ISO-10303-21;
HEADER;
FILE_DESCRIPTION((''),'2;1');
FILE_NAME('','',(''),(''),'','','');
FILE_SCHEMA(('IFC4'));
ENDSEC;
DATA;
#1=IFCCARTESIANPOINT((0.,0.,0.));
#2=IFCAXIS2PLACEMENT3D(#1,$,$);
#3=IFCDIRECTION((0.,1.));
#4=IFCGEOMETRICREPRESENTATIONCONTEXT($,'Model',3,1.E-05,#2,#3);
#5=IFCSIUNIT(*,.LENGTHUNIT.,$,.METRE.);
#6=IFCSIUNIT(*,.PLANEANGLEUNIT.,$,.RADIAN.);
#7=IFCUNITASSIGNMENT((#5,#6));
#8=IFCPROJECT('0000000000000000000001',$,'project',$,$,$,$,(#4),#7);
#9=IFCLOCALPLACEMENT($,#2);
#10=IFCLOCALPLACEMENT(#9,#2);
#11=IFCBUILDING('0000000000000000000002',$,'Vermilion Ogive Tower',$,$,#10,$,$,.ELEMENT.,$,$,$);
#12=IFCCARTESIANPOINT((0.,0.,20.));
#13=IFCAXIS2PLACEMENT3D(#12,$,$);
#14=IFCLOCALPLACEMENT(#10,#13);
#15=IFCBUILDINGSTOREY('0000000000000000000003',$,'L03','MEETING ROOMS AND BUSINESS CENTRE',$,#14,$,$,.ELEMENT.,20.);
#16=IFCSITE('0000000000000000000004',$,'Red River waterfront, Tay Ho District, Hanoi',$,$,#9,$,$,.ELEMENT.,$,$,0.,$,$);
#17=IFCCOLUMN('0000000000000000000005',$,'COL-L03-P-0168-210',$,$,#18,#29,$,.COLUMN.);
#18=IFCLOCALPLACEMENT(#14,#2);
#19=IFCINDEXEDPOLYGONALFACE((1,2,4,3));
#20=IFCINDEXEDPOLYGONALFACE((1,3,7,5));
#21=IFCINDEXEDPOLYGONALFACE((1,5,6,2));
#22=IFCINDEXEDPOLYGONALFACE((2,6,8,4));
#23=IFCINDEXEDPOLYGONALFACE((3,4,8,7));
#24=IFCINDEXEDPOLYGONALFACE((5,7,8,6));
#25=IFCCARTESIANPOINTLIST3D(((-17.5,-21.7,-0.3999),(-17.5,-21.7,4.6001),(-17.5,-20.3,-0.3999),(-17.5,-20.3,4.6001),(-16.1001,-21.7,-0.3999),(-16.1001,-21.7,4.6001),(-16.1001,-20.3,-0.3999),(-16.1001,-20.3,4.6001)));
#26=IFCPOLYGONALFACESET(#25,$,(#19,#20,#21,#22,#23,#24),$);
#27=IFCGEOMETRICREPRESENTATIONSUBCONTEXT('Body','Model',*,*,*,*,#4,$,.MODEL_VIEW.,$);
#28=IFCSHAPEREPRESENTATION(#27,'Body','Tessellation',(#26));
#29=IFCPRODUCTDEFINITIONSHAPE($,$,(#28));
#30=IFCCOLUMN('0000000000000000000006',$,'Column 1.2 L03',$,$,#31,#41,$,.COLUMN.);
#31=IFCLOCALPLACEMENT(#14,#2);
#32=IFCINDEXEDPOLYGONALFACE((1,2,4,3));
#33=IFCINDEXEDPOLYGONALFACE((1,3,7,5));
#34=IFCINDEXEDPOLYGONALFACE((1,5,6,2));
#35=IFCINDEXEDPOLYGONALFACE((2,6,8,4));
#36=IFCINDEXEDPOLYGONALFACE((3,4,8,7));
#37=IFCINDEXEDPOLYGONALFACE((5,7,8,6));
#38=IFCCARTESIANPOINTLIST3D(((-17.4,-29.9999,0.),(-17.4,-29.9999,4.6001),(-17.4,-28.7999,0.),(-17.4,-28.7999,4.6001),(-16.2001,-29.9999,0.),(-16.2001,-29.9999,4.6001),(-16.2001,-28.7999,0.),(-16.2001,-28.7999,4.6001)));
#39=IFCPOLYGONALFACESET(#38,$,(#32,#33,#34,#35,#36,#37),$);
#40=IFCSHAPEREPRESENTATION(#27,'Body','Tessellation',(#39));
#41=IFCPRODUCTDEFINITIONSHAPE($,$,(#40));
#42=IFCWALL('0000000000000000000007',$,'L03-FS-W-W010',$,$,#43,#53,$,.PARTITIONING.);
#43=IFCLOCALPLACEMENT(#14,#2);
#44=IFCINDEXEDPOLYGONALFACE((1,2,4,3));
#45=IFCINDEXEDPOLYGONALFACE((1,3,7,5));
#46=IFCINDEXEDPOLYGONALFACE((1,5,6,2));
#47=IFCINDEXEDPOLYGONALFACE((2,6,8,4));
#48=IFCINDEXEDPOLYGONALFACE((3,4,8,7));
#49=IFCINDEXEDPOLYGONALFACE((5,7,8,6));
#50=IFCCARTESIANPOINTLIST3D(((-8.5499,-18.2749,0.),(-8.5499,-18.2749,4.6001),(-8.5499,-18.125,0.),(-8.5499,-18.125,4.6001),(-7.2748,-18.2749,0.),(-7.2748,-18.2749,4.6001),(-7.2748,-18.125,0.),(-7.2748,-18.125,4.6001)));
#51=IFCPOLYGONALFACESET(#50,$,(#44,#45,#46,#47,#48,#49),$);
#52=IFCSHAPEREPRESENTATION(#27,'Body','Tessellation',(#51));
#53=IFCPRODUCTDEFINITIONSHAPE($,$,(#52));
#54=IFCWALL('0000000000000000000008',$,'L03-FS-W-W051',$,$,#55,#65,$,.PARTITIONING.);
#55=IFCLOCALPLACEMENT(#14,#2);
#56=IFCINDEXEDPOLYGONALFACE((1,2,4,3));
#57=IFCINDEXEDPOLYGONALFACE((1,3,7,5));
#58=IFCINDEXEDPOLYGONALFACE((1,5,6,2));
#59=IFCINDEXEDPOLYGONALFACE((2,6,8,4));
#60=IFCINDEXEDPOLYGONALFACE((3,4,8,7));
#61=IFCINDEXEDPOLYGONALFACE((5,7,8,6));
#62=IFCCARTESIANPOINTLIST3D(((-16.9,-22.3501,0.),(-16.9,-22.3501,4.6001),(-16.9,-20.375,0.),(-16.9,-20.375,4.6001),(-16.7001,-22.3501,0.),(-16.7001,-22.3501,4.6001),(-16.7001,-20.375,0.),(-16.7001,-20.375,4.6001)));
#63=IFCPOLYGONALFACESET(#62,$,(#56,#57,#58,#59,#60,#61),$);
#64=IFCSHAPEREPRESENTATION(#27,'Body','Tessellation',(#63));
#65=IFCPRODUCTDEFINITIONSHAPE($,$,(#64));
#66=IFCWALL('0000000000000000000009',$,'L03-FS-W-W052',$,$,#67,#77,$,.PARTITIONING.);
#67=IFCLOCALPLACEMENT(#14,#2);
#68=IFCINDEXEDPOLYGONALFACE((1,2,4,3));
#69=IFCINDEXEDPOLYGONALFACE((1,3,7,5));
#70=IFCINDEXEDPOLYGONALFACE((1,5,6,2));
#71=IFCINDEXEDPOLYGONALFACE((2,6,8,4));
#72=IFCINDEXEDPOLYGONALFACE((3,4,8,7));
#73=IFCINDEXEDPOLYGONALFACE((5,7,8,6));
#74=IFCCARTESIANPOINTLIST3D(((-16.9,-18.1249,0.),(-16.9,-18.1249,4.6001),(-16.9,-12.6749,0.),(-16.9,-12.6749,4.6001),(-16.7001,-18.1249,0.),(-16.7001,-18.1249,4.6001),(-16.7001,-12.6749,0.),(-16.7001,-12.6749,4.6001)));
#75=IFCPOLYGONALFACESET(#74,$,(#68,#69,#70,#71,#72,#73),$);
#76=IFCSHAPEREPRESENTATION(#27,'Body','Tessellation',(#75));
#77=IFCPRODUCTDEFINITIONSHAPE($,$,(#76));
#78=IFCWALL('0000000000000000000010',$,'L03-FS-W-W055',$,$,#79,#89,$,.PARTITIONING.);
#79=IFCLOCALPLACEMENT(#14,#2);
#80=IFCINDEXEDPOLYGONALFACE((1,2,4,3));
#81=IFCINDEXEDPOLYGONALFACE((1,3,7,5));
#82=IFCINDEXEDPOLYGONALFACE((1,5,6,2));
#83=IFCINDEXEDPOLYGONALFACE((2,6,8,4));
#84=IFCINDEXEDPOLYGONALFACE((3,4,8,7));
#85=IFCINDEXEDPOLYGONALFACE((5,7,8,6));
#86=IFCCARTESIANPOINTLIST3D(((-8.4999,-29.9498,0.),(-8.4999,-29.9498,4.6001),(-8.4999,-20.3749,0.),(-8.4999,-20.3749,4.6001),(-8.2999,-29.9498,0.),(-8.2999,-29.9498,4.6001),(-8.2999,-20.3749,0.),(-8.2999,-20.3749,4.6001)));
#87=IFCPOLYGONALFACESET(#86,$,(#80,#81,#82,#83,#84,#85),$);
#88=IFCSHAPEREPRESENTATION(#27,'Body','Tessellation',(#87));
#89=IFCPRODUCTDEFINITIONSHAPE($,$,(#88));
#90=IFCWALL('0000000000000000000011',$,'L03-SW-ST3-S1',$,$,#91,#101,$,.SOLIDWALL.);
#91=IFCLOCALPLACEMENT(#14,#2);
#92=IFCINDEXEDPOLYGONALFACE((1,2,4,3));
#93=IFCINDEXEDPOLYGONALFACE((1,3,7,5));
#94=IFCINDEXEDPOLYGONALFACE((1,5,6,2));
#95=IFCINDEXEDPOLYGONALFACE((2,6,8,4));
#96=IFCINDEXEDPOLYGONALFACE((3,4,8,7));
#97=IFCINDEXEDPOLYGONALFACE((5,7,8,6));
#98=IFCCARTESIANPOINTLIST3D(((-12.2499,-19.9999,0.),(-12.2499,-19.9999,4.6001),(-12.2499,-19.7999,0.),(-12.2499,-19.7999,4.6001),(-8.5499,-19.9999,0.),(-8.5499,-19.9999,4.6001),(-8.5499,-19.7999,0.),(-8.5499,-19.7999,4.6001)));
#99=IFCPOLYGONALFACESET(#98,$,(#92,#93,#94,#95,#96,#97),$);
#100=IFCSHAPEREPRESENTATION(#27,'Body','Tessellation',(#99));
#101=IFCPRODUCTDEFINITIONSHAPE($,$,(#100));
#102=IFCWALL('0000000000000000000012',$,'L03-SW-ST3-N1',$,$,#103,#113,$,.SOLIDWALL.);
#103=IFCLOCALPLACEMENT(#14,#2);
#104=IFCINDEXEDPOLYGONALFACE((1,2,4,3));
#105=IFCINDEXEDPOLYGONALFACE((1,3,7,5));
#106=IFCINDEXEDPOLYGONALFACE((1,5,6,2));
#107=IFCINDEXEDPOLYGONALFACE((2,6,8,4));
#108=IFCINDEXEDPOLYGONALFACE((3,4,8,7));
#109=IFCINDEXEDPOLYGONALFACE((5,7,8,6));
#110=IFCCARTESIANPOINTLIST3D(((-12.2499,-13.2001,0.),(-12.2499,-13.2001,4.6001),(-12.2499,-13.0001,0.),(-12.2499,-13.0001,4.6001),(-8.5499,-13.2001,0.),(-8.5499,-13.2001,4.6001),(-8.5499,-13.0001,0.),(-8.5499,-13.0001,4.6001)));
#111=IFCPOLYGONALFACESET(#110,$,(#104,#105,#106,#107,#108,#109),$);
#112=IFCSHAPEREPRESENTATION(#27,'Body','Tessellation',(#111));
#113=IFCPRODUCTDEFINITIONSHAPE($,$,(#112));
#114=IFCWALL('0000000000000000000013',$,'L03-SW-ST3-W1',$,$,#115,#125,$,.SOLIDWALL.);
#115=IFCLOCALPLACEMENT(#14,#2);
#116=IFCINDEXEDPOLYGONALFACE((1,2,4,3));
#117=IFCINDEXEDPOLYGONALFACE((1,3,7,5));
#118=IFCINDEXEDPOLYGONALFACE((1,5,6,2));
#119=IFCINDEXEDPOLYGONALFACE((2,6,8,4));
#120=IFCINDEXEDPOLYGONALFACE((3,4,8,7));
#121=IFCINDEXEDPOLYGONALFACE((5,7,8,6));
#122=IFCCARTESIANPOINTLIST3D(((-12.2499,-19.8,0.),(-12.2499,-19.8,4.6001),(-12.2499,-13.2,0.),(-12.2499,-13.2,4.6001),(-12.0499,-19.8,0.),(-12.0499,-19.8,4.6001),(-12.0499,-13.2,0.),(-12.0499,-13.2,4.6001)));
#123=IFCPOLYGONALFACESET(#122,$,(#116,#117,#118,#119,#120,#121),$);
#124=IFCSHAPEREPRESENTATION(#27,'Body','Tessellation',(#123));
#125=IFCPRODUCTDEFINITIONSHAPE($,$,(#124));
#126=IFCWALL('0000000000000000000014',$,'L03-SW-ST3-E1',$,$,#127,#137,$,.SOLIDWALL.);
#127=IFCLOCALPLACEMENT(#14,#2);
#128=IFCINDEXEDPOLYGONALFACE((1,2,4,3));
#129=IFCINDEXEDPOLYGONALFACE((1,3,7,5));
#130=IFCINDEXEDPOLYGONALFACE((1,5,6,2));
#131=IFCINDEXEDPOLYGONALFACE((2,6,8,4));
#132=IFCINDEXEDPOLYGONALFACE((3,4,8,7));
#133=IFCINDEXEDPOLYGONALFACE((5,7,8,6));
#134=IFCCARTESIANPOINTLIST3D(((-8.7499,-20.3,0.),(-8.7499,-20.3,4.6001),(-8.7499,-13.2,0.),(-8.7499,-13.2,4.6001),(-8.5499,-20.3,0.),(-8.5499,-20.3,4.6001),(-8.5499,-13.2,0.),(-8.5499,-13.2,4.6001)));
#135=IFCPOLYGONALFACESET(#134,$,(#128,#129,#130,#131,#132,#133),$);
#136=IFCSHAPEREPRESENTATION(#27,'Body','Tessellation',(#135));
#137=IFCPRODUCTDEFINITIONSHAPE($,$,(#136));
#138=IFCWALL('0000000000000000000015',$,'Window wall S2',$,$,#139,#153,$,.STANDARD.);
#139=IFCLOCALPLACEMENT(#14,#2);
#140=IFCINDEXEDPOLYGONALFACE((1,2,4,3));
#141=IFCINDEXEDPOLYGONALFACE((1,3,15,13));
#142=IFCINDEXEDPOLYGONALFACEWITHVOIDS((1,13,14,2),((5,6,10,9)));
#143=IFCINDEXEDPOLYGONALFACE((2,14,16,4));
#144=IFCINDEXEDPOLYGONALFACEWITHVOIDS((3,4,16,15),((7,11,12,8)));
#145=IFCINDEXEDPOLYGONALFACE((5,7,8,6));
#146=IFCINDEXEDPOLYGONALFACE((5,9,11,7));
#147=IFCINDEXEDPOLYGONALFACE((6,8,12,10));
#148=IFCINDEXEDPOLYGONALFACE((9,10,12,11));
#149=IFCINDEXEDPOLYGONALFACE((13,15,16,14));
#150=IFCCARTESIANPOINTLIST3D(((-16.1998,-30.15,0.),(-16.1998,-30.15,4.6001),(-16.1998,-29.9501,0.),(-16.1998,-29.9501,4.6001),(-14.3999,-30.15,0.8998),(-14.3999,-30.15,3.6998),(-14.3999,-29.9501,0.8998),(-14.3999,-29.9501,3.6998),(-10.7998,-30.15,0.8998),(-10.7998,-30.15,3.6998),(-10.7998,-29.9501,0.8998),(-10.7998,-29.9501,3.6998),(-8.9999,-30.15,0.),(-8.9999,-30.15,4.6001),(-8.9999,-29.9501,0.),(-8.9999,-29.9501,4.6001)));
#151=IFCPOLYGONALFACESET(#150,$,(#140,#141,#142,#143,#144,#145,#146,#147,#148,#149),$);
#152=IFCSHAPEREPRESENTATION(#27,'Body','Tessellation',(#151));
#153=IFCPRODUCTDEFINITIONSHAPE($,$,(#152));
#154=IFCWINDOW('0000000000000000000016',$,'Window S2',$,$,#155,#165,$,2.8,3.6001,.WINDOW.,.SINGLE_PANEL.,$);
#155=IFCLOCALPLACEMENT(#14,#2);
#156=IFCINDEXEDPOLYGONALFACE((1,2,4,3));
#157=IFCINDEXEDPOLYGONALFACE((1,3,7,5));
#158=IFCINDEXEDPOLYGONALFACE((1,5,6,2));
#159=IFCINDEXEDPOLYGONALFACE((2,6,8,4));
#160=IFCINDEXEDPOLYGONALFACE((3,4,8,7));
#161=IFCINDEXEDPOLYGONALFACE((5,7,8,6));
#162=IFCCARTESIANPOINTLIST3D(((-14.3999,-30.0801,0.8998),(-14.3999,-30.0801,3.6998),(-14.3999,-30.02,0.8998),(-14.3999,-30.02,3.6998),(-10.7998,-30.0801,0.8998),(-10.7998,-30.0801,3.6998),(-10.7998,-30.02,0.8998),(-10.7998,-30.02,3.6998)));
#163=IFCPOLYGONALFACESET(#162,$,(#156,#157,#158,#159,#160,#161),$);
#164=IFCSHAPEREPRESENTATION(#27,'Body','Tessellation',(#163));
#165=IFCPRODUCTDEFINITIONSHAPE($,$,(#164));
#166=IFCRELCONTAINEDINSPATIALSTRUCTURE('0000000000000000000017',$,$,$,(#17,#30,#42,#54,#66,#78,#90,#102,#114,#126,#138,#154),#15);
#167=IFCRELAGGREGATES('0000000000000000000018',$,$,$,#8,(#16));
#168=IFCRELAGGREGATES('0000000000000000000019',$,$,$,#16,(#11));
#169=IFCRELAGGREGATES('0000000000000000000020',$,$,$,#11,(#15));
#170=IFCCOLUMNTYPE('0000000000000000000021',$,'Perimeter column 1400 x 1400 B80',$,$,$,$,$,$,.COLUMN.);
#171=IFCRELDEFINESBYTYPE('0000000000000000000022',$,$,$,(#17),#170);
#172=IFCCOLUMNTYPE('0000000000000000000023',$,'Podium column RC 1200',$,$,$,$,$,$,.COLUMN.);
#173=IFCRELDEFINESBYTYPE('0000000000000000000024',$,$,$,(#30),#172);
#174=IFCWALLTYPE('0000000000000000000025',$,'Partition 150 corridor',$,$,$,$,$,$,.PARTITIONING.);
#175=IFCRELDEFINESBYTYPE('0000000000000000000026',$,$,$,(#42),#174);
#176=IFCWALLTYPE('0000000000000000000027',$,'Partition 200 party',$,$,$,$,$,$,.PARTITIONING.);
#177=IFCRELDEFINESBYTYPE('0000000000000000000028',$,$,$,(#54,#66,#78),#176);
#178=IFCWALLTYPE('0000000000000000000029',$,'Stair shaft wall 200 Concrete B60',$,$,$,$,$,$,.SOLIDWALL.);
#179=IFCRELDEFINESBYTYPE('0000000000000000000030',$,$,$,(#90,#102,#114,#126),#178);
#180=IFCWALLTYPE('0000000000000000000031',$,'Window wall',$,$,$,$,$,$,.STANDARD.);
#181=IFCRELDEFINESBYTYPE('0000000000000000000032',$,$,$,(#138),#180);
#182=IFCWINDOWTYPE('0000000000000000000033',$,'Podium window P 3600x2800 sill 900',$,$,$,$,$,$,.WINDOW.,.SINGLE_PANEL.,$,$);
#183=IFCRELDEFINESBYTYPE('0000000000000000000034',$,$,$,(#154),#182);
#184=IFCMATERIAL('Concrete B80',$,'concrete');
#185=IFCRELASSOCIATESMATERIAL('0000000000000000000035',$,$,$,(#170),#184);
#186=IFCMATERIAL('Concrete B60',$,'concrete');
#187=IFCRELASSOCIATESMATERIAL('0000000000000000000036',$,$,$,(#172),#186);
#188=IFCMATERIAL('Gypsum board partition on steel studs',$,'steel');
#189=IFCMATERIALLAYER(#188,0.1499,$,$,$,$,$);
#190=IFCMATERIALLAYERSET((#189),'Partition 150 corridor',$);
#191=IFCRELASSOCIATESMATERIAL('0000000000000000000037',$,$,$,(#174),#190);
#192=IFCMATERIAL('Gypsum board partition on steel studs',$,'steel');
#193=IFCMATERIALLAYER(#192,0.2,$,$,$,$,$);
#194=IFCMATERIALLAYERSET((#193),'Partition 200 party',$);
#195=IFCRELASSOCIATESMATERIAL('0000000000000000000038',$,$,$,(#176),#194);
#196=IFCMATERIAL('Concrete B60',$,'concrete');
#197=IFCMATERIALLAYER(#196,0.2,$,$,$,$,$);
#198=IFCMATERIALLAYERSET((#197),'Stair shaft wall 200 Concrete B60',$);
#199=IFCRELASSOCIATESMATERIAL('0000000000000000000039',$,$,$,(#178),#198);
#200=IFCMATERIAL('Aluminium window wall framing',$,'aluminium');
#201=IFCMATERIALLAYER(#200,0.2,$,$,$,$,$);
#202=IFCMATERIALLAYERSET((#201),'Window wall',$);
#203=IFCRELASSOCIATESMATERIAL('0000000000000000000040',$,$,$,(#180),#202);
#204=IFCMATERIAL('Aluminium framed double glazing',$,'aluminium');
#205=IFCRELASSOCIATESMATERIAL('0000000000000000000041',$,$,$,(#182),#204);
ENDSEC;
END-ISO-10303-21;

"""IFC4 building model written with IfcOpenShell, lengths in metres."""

from ifc_helpers import new_model, si_unit, direction, frame, frame_2d, origin, origin_2d, place, context, subcontext, project, spatial, rectangle, extrude, material, layer, layer_set, material_profile, profile_set, type_object, element, fill, save


model = new_model("IFC4")

# Units and contexts
model_context = context("Model", 3, precision=1e-05, world=origin(), true_north=direction((0.0, 1.0)))
body_context = subcontext(model_context, "Body", "Model", "MODEL_VIEW")
ifc_project = project(units=[si_unit("LENGTHUNIT", "METRE"), si_unit("PLANEANGLEUNIT", "RADIAN")], contexts=[model_context])

# Site, building, storey
site_placement = place(None, origin())
site = spatial("IfcSite", under=ifc_project, at=site_placement, Name="Red River waterfront, Tay Ho District, Hanoi", CompositionType="ELEMENT", RefElevation=0.0)
building_placement = place(site_placement, origin())
building = spatial("IfcBuilding", under=site, at=building_placement, Name="Vermilion Ogive Tower", CompositionType="ELEMENT")
storey_placement = place(building_placement, frame((0.0, 0.0, 20.0)))
storey = spatial("IfcBuildingStorey", under=building, at=storey_placement, Name="L03", Description="MEETING ROOMS AND BUSINESS CENTRE", CompositionType="ELEMENT", Elevation=20.0)

# Columns
ifc_material_1 = material(Name="Concrete B80", Category="concrete")
ifc_material_profile_1 = material_profile(ifc_material_1, rectangle(XDim=1.3999, YDim=1.3999, at=origin_2d()), Name="1400 x 1400")
ifc_profile_set_1 = profile_set([ifc_material_profile_1], Name="Concrete B80")
column_type_1 = type_object("IfcColumnType", Name="Perimeter column 1400 x 1400 B80", PredefinedType="COLUMN", material=ifc_profile_set_1)
column_1_placement = place(storey_placement, frame((-16.8, -21.0, -0.3999), z_axis=(0.0, 0.0, 1.0), x_axis=(1.0, 0.0, 0.0)))
element("IfcColumn", 1, at=column_1_placement, inside=storey, type_object=column_type_1, Name="COL-L03-P-0168-210", PredefinedType="COLUMN", context=body_context, shape_type="SweptSolid", body=[
    extrude(rectangle(XDim=1.3999, YDim=1.3999, at=origin_2d()), origin(), (0.0, 0.0, 1.0), 5.0),
])
ifc_material_2 = material(Name="Concrete B60", Category="concrete")
ifc_material_profile_2 = material_profile(ifc_material_2, rectangle(XDim=1.2, YDim=1.2, at=origin_2d()), Name="RC 1200x1200")
ifc_profile_set_2 = profile_set([ifc_material_profile_2], Name="Concrete B60")
column_type_2 = type_object("IfcColumnType", Name="Podium column RC 1200", PredefinedType="COLUMN", material=ifc_profile_set_2)
column_2_placement = place(storey_placement, frame((-16.8, -29.3999, 0.0), z_axis=(0.0, 0.0, 1.0), x_axis=(1.0, 0.0, 0.0)))
element("IfcColumn", 2, at=column_2_placement, inside=storey, type_object=column_type_2, Name="Column 1.2 L03", PredefinedType="COLUMN", context=body_context, shape_type="SweptSolid", body=[
    extrude(rectangle(XDim=1.2, YDim=1.2, at=origin_2d()), origin(), (0.0, 0.0, 1.0), 4.6001),
])

# Walls
ifc_material_3 = material(Name="Gypsum board partition on steel studs", Category="steel")
ifc_layer_1 = layer(ifc_material_3, 0.1499)
ifc_layer_set_1 = layer_set([ifc_layer_1], Name="Partition 150 corridor")
wall_type_1 = type_object("IfcWallType", Name="Partition 150 corridor", PredefinedType="PARTITIONING", material=ifc_layer_set_1)
wall_1_placement = place(storey_placement, frame((-8.55, -18.2, 0.0), z_axis=(0.0, 0.0, 1.0), x_axis=(1.0, 0.0, 0.0)))
element("IfcWall", 3, at=wall_1_placement, inside=storey, type_object=wall_type_1, Name="L03-FS-W-W010", PredefinedType="PARTITIONING", context=body_context, shape_type="SweptSolid", body=[
    extrude(rectangle(XDim=1.2751, YDim=0.1499, at=frame_2d((0.6377, 0.0))), origin(), (0.0, 0.0, 1.0), 4.6001),
])
ifc_material_4 = material(Name="Gypsum board partition on steel studs", Category="steel")
ifc_layer_2 = layer(ifc_material_4, 0.2)
ifc_layer_set_2 = layer_set([ifc_layer_2], Name="Partition 200 party")
wall_type_2 = type_object("IfcWallType", Name="Partition 200 party", PredefinedType="PARTITIONING", material=ifc_layer_set_2)
wall_2_placement = place(storey_placement, frame((-16.8, -22.3501, 0.0), z_axis=(0.0, 0.0, 1.0), x_axis=(0.0, 1.0, 0.0)))
element("IfcWall", 4, at=wall_2_placement, inside=storey, type_object=wall_type_2, Name="L03-FS-W-W051", PredefinedType="PARTITIONING", context=body_context, shape_type="SweptSolid", body=[
    extrude(rectangle(XDim=1.9751, YDim=0.2, at=frame_2d((0.9875, 0.0))), origin(), (0.0, 0.0, 1.0), 4.6001),
])
wall_3_placement = place(storey_placement, frame((-16.8, -18.125, 0.0), z_axis=(0.0, 0.0, 1.0), x_axis=(0.0, 1.0, 0.0)))
element("IfcWall", 5, at=wall_3_placement, inside=storey, type_object=wall_type_2, Name="L03-FS-W-W052", PredefinedType="PARTITIONING", context=body_context, shape_type="SweptSolid", body=[
    extrude(rectangle(XDim=5.45, YDim=0.2, at=frame_2d((2.7251, 0.0))), origin(), (0.0, 0.0, 1.0), 4.6001),
])
wall_4_placement = place(storey_placement, frame((-8.3999, -29.95, 0.0), z_axis=(0.0, 0.0, 1.0), x_axis=(0.0, 1.0, 0.0)))
element("IfcWall", 6, at=wall_4_placement, inside=storey, type_object=wall_type_2, Name="L03-FS-W-W055", PredefinedType="PARTITIONING", context=body_context, shape_type="SweptSolid", body=[
    extrude(rectangle(XDim=9.575, YDim=0.2, at=frame_2d((4.7876, 0.0))), origin(), (0.0, 0.0, 1.0), 4.6001),
])
ifc_material_5 = material(Name="Concrete B60", Category="concrete")
ifc_layer_3 = layer(ifc_material_5, 0.2)
ifc_layer_set_3 = layer_set([ifc_layer_3], Name="Stair shaft wall 200 Concrete B60")
wall_type_3 = type_object("IfcWallType", Name="Stair shaft wall 200 Concrete B60", PredefinedType="SOLIDWALL", material=ifc_layer_set_3)
for number, where, z_axis, x_axis, name in (
    (7, (-12.25, -19.8999, 0.0), (0.0, 0.0, 1.0), (1.0, 0.0, 0.0), "L03-SW-ST3-S1"),
    (8, (-12.25, -13.1001, 0.0), (0.0, 0.0, 1.0), (1.0, 0.0, 0.0), "L03-SW-ST3-N1"),
):
    element("IfcWall", number, at=place(storey_placement, frame(where, z_axis=z_axis, x_axis=x_axis)), inside=storey, type_object=wall_type_3, Name=name, PredefinedType="SOLIDWALL", context=body_context, shape_type="SweptSolid", body=[
        extrude(rectangle(XDim=3.7, YDim=0.2, at=frame_2d((1.8501, 0.0))), origin(), (0.0, 0.0, 1.0), 4.6001),
    ])
wall_5_placement = place(storey_placement, frame((-12.1499, -19.8, 0.0), z_axis=(0.0, 0.0, 1.0), x_axis=(0.0, 1.0, 0.0)))
element("IfcWall", 9, at=wall_5_placement, inside=storey, type_object=wall_type_3, Name="L03-SW-ST3-W1", PredefinedType="SOLIDWALL", context=body_context, shape_type="SweptSolid", body=[
    extrude(rectangle(XDim=6.6001, YDim=0.2, at=frame_2d((3.3, 0.0))), origin(), (0.0, 0.0, 1.0), 4.6001),
])
wall_6_placement = place(storey_placement, frame((-8.6499, -20.3, 0.0), z_axis=(0.0, 0.0, 1.0), x_axis=(0.0, 1.0, 0.0)))
element("IfcWall", 10, at=wall_6_placement, inside=storey, type_object=wall_type_3, Name="L03-SW-ST3-E1", PredefinedType="SOLIDWALL", context=body_context, shape_type="SweptSolid", body=[
    extrude(rectangle(XDim=7.1001, YDim=0.2, at=frame_2d((3.55, 0.0))), origin(), (0.0, 0.0, 1.0), 4.6001),
])

# Wall, opening, window
ifc_material_6 = material(Name="Aluminium window wall framing", Category="aluminium")
ifc_layer_4 = layer(ifc_material_6, 0.2)
ifc_layer_set_4 = layer_set([ifc_layer_4], Name="Window wall")
wall_type_4 = type_object("IfcWallType", Name="Window wall", PredefinedType="STANDARD", material=ifc_layer_set_4)
wall_7_placement = place(storey_placement, frame((-16.2, -30.05, 0.0), z_axis=(0.0, 0.0, 1.0), x_axis=(1.0, 0.0, 0.0)))
wall_7 = element("IfcWall", 11, at=wall_7_placement, inside=storey, type_object=wall_type_4, Name="Window wall S2", PredefinedType="STANDARD", context=body_context, shape_type="SweptSolid", body=[
    extrude(rectangle(XDim=7.2, YDim=0.2, at=frame_2d((3.6001, 0.0))), origin(), (0.0, 0.0, 1.0), 4.6001),
])
opening_placement = place(wall_7_placement, frame((1.8, 0.0, 0.8999)))
opening = element("IfcOpeningElement", 12, at=opening_placement, cuts=wall_7, PredefinedType="OPENING", context=body_context, shape_type="SweptSolid", body=[
    extrude(rectangle(XDim=3.6001, YDim=2.8, at=frame_2d((1.8, 1.3999))), frame((0.0, 0.1099, 0.0), z_axis=(0.0, -1.0, 0.0), x_axis=(1.0, 0.0, 0.0)), (0.0, 0.0, 1.0), 0.22),
])
ifc_material_7 = material(Name="Aluminium framed double glazing", Category="aluminium")
window_type = type_object("IfcWindowType", Name="Podium window P 3600x2800 sill 900", PartitioningType="SINGLE_PANEL", PredefinedType="WINDOW", material=ifc_material_7)
window_placement = place(opening_placement, origin())
window = element("IfcWindow", 13, at=window_placement, inside=storey, type_object=window_type, Name="Window S2", OverallHeight=2.8, OverallWidth=3.6001, PartitioningType="SINGLE_PANEL", PredefinedType="WINDOW", context=body_context, shape_type="SweptSolid", body=[
    extrude(rectangle(XDim=3.6001, YDim=2.8, at=frame_2d((1.8, 1.3999))), frame((0.0, 0.03, 0.0), z_axis=(0.0, -1.0, 0.0), x_axis=(1.0, 0.0, 0.0)), (0.0, 0.0, 1.0), 0.0601),
])
fill(opening, window)

save(model, "model.ifc")
